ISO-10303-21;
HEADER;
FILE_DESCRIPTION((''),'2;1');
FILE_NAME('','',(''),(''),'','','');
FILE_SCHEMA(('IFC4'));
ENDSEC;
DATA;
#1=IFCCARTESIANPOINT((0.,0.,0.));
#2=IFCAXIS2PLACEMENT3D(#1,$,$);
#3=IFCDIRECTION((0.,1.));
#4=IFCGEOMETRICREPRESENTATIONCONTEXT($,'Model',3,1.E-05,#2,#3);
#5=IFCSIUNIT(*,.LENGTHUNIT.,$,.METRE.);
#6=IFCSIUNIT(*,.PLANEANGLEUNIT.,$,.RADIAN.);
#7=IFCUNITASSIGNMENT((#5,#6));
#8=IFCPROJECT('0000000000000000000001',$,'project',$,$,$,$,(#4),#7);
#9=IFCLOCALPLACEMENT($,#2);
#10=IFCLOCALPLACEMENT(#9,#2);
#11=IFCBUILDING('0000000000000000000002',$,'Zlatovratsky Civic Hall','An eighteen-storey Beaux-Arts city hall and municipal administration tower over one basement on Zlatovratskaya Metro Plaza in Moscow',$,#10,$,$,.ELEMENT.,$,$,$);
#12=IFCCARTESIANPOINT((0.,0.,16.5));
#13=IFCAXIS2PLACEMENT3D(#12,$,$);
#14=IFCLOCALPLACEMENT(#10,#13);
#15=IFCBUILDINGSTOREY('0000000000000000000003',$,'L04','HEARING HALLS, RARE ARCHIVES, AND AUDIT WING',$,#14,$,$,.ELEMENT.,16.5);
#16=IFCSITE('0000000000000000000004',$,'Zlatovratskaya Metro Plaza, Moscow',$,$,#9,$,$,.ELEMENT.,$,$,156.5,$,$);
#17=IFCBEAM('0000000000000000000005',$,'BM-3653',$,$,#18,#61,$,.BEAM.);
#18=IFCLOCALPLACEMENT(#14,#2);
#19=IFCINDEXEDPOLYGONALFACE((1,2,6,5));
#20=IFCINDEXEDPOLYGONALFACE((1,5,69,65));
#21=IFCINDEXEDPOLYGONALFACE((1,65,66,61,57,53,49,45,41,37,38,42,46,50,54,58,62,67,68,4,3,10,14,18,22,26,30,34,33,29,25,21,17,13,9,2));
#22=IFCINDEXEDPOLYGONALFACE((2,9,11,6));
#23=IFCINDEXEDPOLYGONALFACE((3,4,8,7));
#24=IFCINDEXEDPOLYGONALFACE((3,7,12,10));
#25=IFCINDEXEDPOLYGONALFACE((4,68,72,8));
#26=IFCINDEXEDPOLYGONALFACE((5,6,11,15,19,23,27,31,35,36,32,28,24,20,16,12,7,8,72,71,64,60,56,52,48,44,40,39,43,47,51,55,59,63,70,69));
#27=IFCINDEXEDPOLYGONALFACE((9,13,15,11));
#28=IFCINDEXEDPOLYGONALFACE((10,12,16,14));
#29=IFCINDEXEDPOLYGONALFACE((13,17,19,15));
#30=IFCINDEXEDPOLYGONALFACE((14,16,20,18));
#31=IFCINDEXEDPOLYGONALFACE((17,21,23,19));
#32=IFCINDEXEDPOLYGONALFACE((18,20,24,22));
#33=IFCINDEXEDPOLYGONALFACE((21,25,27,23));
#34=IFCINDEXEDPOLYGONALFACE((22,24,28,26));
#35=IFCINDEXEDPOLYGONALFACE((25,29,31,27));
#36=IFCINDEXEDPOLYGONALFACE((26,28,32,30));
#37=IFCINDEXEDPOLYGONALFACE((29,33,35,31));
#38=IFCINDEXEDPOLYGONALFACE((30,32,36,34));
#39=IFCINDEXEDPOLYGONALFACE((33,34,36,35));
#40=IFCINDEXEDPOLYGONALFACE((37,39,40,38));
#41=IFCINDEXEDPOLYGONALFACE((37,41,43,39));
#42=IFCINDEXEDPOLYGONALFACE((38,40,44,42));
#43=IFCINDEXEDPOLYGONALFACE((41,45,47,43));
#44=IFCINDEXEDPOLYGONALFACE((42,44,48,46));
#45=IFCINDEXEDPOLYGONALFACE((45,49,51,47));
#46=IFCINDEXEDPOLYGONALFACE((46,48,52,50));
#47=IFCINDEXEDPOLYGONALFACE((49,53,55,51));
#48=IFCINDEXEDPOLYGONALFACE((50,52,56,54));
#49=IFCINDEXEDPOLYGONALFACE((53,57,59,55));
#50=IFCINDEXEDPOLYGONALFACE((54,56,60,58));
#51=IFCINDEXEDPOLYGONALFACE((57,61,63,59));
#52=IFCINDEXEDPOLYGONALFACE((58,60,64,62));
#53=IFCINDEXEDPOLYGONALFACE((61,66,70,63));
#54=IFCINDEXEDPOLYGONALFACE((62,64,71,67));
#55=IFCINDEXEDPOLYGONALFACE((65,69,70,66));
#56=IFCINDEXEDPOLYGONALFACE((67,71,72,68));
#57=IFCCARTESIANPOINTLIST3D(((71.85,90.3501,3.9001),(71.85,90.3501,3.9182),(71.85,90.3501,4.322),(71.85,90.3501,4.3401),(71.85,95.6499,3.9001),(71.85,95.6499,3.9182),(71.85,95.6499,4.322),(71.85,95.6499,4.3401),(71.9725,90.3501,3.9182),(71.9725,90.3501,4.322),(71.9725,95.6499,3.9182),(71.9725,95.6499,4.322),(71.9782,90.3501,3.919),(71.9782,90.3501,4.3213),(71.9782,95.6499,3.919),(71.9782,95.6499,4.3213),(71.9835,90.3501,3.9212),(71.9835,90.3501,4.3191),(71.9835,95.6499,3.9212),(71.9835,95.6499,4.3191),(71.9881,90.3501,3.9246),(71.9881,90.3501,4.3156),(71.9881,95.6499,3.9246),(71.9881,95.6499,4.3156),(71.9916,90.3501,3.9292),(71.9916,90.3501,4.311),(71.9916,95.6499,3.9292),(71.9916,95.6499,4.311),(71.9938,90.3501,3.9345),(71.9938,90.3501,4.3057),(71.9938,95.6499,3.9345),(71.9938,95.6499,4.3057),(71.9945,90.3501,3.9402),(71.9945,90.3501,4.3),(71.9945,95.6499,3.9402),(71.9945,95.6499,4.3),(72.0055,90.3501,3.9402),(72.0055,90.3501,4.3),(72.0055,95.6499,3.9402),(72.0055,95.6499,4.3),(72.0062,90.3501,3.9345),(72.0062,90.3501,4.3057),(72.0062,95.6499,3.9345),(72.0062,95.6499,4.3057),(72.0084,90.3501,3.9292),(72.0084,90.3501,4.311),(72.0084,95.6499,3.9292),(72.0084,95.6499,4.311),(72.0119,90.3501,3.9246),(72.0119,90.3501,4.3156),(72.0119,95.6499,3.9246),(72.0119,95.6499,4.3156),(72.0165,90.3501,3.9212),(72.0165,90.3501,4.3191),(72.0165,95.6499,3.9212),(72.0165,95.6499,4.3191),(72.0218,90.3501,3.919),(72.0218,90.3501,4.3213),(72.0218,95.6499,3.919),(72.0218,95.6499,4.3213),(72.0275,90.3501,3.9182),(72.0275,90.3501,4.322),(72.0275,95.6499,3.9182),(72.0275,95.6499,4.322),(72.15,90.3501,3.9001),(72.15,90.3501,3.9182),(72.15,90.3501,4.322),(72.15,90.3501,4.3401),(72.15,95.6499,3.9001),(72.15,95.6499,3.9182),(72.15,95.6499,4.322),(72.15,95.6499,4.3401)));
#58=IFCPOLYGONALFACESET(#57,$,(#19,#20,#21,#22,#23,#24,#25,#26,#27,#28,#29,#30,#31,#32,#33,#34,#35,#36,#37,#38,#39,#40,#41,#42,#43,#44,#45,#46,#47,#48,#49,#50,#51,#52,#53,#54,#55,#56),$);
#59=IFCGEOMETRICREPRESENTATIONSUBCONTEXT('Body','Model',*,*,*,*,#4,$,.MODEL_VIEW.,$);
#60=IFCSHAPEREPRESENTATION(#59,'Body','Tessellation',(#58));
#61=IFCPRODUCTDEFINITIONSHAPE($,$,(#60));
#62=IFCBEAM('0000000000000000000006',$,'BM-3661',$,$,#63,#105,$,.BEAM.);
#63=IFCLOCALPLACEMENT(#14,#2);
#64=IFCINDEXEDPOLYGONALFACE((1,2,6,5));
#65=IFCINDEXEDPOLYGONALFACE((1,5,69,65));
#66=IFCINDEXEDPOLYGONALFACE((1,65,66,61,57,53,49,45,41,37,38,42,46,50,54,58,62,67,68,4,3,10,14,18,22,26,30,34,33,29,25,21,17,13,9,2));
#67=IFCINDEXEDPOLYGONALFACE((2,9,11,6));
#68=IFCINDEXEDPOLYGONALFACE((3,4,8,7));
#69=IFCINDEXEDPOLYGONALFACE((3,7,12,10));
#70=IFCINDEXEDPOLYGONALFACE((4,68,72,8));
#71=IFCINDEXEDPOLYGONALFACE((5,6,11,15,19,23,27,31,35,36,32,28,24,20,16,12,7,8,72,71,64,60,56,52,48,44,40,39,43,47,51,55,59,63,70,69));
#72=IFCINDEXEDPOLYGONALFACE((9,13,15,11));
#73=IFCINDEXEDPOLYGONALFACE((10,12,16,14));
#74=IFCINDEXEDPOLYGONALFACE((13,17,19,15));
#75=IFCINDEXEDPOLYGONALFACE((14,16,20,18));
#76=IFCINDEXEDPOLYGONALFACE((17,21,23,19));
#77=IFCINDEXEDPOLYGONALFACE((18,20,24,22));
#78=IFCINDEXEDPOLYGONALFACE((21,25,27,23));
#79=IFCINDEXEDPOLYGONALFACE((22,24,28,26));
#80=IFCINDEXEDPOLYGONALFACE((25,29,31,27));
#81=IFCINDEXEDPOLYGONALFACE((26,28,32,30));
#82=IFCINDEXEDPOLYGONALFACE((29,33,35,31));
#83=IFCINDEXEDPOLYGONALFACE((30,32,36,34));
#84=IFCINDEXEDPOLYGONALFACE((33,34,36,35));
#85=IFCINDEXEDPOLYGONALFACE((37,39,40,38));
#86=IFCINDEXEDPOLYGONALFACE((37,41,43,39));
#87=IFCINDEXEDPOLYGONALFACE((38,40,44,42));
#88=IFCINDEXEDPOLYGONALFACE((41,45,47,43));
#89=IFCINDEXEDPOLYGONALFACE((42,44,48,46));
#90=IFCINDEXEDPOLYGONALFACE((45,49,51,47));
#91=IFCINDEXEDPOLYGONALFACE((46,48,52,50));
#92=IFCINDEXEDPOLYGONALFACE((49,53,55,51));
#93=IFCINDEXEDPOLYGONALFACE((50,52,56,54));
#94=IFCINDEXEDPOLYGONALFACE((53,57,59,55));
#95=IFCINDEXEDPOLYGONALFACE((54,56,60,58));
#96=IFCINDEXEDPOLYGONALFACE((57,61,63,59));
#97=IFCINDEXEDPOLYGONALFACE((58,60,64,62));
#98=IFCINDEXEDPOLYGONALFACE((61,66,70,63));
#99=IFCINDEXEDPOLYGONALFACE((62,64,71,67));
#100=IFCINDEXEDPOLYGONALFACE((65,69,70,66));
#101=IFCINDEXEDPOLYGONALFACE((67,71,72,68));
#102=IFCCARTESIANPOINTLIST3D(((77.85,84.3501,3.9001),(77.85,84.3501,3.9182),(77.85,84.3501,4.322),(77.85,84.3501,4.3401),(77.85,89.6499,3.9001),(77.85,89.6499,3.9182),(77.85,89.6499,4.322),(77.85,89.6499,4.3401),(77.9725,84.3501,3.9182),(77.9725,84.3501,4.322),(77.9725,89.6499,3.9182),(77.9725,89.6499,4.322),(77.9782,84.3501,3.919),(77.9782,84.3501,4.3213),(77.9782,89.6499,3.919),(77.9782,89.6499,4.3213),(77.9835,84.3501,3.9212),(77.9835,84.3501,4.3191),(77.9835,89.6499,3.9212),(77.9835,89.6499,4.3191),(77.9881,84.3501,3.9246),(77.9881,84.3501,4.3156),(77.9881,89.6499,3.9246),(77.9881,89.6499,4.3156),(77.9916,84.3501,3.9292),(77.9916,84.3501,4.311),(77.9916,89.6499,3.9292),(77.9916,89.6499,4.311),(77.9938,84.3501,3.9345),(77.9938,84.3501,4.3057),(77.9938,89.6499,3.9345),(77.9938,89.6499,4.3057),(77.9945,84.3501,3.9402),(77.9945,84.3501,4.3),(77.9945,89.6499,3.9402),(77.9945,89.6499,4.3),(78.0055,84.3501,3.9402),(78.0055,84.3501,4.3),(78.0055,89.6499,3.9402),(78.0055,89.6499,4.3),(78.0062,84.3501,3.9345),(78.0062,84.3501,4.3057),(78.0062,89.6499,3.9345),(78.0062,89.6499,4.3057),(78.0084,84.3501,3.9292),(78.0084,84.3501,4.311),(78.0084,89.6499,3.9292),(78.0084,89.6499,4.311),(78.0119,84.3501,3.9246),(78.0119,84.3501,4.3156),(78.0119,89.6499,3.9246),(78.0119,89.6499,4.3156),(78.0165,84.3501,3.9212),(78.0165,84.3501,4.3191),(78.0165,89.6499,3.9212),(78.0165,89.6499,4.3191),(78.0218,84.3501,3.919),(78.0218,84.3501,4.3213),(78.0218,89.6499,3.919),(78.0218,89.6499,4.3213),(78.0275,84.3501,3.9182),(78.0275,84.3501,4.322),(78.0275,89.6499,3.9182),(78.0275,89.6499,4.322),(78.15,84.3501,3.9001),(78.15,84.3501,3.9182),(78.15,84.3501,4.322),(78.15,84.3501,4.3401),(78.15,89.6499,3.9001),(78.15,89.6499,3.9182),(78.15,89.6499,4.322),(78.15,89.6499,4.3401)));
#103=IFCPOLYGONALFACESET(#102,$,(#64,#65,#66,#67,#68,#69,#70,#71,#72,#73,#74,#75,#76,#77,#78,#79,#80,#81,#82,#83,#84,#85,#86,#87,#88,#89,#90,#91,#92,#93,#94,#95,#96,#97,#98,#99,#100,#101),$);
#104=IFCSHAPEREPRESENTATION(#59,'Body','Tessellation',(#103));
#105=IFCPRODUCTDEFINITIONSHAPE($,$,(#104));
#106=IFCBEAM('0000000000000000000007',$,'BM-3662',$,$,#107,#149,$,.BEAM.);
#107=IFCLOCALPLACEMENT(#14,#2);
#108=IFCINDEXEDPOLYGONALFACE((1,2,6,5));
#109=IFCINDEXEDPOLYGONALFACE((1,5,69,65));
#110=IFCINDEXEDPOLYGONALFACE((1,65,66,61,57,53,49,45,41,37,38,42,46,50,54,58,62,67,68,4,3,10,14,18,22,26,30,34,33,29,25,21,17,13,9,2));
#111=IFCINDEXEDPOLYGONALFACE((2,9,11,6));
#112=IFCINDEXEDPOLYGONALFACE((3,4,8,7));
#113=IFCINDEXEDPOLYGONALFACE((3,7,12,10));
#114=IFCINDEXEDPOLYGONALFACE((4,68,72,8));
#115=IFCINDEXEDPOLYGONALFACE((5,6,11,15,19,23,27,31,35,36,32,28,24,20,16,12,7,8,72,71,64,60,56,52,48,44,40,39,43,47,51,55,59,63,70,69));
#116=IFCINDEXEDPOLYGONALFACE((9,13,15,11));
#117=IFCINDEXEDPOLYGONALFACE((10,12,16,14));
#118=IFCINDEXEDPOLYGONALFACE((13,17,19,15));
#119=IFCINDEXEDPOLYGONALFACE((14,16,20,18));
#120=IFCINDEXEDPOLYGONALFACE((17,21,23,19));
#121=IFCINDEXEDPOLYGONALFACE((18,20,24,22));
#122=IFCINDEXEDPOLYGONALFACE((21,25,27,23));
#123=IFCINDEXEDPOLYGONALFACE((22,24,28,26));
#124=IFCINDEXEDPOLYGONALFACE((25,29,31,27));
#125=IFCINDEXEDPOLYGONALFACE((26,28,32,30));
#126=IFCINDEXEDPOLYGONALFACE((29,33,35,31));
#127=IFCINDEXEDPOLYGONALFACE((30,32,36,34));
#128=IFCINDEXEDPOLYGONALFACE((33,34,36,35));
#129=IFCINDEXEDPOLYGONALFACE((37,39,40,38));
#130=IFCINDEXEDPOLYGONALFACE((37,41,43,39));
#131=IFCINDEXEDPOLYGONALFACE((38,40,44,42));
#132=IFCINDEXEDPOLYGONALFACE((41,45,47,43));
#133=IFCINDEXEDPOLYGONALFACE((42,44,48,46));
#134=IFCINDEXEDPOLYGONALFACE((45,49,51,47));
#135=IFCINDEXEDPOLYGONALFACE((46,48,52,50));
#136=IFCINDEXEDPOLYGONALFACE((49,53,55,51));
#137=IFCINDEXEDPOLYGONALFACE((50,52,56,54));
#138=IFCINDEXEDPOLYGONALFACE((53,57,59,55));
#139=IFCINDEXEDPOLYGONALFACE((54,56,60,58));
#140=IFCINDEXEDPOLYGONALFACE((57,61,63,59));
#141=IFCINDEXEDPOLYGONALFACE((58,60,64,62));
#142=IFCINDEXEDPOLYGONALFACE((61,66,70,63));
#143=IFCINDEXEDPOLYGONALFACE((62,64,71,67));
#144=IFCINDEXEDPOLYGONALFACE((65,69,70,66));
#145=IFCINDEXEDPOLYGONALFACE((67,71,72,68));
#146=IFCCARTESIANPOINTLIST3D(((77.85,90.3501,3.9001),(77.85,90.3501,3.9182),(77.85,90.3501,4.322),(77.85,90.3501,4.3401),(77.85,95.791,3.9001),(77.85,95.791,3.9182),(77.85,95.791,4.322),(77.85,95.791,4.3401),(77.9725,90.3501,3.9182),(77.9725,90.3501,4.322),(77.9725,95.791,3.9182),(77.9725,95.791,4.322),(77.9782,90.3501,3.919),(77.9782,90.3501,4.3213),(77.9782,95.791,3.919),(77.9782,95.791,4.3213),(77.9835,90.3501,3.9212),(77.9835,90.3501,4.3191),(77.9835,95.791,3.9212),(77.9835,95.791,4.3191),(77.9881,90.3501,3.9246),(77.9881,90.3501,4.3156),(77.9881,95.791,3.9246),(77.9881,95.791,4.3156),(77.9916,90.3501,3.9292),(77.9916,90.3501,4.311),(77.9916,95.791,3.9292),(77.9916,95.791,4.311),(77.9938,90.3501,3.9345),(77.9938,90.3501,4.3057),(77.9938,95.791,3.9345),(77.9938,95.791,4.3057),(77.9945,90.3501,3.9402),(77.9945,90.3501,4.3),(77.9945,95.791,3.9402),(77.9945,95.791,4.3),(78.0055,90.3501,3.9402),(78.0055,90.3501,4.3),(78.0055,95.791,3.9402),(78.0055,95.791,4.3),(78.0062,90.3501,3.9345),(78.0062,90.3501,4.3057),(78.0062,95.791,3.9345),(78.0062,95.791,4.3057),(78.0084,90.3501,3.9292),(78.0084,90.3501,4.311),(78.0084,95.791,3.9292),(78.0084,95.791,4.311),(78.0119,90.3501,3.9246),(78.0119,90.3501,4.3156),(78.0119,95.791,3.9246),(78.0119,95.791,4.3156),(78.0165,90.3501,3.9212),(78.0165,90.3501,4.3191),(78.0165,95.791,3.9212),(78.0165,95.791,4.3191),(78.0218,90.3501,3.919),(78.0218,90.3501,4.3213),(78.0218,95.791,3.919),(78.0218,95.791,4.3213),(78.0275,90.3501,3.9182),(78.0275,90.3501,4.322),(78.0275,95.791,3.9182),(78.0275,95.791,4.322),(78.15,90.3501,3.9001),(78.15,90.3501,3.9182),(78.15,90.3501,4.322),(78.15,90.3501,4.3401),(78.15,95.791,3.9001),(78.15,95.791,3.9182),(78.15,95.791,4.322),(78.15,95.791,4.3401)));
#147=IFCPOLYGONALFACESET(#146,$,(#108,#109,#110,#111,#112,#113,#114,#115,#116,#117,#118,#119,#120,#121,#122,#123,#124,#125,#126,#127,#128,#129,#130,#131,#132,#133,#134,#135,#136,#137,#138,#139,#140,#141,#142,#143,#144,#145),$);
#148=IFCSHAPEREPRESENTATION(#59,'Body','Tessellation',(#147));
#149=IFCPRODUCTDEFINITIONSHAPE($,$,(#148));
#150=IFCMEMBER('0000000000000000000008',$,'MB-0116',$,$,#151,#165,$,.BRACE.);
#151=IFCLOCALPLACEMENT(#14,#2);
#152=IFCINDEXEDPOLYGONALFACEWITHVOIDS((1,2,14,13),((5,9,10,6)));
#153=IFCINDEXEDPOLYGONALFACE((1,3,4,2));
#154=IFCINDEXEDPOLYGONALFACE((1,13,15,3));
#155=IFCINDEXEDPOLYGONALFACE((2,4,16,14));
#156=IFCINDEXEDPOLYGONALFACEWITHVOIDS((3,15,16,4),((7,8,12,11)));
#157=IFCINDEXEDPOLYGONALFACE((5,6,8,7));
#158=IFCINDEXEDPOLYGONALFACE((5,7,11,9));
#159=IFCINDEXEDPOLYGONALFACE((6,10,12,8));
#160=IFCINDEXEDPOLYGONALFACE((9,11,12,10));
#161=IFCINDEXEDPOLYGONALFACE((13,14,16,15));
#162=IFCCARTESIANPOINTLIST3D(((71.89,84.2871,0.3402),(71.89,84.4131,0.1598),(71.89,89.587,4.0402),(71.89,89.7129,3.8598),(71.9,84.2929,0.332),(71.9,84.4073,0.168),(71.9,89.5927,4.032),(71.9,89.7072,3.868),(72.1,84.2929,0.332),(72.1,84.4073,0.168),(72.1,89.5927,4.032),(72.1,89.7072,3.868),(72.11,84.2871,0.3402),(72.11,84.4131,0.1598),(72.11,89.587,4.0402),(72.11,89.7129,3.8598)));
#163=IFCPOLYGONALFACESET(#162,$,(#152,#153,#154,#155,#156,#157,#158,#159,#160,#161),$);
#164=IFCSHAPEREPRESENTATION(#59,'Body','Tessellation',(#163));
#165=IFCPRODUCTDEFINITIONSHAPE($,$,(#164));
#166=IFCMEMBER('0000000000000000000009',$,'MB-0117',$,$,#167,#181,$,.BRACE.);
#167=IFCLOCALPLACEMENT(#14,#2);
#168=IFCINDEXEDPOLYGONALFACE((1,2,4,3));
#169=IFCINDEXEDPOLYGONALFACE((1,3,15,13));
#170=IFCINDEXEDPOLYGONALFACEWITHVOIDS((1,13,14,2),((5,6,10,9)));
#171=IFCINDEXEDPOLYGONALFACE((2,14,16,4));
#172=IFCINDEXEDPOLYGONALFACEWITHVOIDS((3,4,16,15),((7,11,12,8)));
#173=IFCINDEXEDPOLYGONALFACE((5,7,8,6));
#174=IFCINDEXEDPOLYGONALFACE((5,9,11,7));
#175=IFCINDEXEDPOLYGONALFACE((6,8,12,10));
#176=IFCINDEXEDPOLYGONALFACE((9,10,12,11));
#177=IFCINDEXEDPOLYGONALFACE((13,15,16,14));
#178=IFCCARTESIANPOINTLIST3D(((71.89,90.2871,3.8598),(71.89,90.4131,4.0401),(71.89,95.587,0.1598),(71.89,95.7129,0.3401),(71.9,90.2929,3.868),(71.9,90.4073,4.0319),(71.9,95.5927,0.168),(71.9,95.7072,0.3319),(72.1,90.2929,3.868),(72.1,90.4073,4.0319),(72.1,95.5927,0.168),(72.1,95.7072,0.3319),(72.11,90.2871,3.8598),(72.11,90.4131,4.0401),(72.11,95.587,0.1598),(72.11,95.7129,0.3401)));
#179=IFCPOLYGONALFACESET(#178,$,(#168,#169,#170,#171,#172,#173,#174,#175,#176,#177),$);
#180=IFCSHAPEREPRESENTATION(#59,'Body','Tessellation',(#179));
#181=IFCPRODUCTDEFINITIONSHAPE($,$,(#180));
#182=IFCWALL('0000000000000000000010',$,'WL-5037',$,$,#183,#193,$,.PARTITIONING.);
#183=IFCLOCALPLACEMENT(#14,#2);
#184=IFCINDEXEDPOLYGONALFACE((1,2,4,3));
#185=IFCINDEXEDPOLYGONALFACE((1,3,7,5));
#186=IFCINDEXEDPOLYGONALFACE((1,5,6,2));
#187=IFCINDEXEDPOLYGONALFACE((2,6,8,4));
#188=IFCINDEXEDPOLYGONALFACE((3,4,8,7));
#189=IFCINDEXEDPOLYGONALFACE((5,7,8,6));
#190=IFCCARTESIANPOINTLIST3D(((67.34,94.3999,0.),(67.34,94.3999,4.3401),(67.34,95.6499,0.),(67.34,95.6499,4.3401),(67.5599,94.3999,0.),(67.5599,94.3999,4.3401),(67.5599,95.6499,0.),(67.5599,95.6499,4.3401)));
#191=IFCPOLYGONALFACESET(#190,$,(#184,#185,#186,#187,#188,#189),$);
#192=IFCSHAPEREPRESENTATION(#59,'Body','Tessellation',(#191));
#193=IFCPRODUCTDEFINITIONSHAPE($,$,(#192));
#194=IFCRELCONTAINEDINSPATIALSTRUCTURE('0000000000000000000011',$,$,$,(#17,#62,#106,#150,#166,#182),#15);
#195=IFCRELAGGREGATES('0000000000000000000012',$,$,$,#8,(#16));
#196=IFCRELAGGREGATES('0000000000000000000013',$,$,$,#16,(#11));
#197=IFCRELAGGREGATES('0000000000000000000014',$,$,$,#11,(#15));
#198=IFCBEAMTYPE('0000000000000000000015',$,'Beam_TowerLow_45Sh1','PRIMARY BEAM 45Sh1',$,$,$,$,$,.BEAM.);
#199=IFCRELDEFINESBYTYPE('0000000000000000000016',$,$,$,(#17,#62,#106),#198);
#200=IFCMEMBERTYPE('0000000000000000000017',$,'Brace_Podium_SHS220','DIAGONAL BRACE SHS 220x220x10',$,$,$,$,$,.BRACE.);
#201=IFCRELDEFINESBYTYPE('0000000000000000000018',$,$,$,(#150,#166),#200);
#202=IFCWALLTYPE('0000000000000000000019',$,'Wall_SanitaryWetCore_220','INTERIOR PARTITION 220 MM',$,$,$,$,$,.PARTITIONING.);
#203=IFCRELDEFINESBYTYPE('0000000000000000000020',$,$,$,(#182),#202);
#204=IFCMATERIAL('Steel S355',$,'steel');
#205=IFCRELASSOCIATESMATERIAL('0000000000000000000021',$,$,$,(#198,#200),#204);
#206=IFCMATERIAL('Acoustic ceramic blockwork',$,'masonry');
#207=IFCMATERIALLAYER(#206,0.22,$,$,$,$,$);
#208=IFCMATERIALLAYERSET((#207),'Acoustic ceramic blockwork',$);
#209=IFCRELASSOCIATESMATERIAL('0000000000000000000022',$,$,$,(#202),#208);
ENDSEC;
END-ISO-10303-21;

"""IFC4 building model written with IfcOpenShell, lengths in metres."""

from ifc_helpers import new_model, si_unit, direction, frame, frame_2d, origin, origin_2d, place, context, subcontext, project, spatial, rectangle, hollow_rectangle, i_section, extrude, material, layer, layer_set, material_profile, profile_set, type_object, element, save


model = new_model("IFC4")

# Units and contexts
model_context = context("Model", 3, precision=1e-05, world=origin(), true_north=direction((0.0, 1.0)))
body_context = subcontext(model_context, "Body", "Model", "MODEL_VIEW")
ifc_project = project(units=[si_unit("LENGTHUNIT", "METRE"), si_unit("PLANEANGLEUNIT", "RADIAN")], contexts=[model_context])

# Site, building, storey
site_placement = place(None, origin())
site = spatial("IfcSite", under=ifc_project, at=site_placement, Name="Zlatovratskaya Metro Plaza, Moscow", CompositionType="ELEMENT", RefElevation=156.5)
building_placement = place(site_placement, origin())
building = spatial("IfcBuilding", under=site, at=building_placement, Name="Zlatovratsky Civic Hall", Description="An eighteen-storey Beaux-Arts city hall and municipal administration tower over one basement on Zlatovratskaya Metro Plaza in Moscow", CompositionType="ELEMENT")
storey_placement = place(building_placement, frame((0.0, 0.0, 16.5)))
storey = spatial("IfcBuildingStorey", under=building, at=storey_placement, Name="L04", Description="HEARING HALLS, RARE ARCHIVES, AND AUDIT WING", CompositionType="ELEMENT", Elevation=16.5)

# Beams
ifc_material_1 = material(Name="Steel S355", Category="steel")
ifc_material_profile_1 = material_profile(ifc_material_1, i_section(OverallWidth=0.3, OverallDepth=0.4399, WebThickness=0.011, FlangeThickness=0.0181, FilletRadius=0.022, at=origin_2d()), Name="45Sh1")
ifc_profile_set_1 = profile_set([ifc_material_profile_1], Name="Steel S355")
beam_type = type_object("IfcBeamType", Name="Beam_TowerLow_45Sh1", Description="PRIMARY BEAM 45Sh1", PredefinedType="BEAM", material=ifc_profile_set_1)
for number, where, z_axis, x_axis, name in (
    (1, (72.0, 90.3501, 4.1201), (0.0, 1.0, 0.0), (-1.0, 0.0, 0.0), "BM-3653"),
    (2, (78.0, 84.3501, 4.1201), (0.0, 1.0, 0.0), (-1.0, 0.0, 0.0), "BM-3661"),
):
    element("IfcBeam", number, at=place(storey_placement, frame(where, z_axis=z_axis, x_axis=x_axis)), inside=storey, type_object=beam_type, Name=name, PredefinedType="BEAM", context=body_context, shape_type="SweptSolid", body=[
        extrude(i_section(OverallWidth=0.3, OverallDepth=0.4399, WebThickness=0.011, FlangeThickness=0.0181, FilletRadius=0.022, at=origin_2d()), origin(), (0.0, 0.0, 1.0), 5.2998),
    ])
beam_placement = place(storey_placement, frame((78.0, 90.3501, 4.1201), z_axis=(0.0, 1.0, 0.0), x_axis=(-1.0, 0.0, 0.0)))
element("IfcBeam", 3, at=beam_placement, inside=storey, type_object=beam_type, Name="BM-3662", PredefinedType="BEAM", context=body_context, shape_type="SweptSolid", body=[
    extrude(i_section(OverallWidth=0.3, OverallDepth=0.4399, WebThickness=0.011, FlangeThickness=0.0181, FilletRadius=0.022, at=origin_2d()), origin(), (0.0, 0.0, 1.0), 5.4409),
])

# Members
ifc_material_profile_2 = material_profile(ifc_material_1, hollow_rectangle(XDim=0.22, YDim=0.22, WallThickness=0.01, at=origin_2d()), Name="SHS 220x220x10")
ifc_profile_set_2 = profile_set([ifc_material_profile_2], Name="Steel S355")
member_type = type_object("IfcMemberType", Name="Brace_Podium_SHS220", Description="DIAGONAL BRACE SHS 220x220x10", PredefinedType="BRACE", material=ifc_profile_set_2)
for number, where, z_axis, x_axis, name in (
    (4, (72.0, 84.3501, 0.25), (0.0, 0.819952, 0.572433), (-1.0, 0.0, 0.0), "MB-0116"),
    (5, (72.0, 90.3501, 3.95), (0.0, 0.819952, -0.572433), (-1.0, 0.0, 0.0), "MB-0117"),
):
    element("IfcMember", number, at=place(storey_placement, frame(where, z_axis=z_axis, x_axis=x_axis)), inside=storey, type_object=member_type, Name=name, PredefinedType="BRACE", context=body_context, shape_type="SweptSolid", body=[
        extrude(hollow_rectangle(XDim=0.22, YDim=0.22, WallThickness=0.01, at=origin_2d()), origin(), (0.0, 0.0, 1.0), 6.4636),
    ])

# Wall
ifc_material_2 = material(Name="Acoustic ceramic blockwork", Category="masonry")
ifc_layer_1 = layer(ifc_material_2, 0.22)
ifc_layer_set_1 = layer_set([ifc_layer_1], Name="Acoustic ceramic blockwork")
wall_type_1 = type_object("IfcWallType", Name="Wall_SanitaryWetCore_220", Description="INTERIOR PARTITION 220 MM", PredefinedType="PARTITIONING", material=ifc_layer_set_1)
wall_1_placement = place(storey_placement, frame((67.45, 94.3999, 0.0), z_axis=(0.0, 0.0, 1.0), x_axis=(0.0, 1.0, 0.0)))
element("IfcWall", 6, at=wall_1_placement, inside=storey, type_object=wall_type_1, Name="WL-5037", PredefinedType="PARTITIONING", context=body_context, shape_type="SweptSolid", body=[
    extrude(rectangle(XDim=1.25, YDim=0.22, at=frame_2d((0.625, 0.0))), origin(), (0.0, 0.0, 1.0), 4.3401),
])

save(model, "model.ifc")
